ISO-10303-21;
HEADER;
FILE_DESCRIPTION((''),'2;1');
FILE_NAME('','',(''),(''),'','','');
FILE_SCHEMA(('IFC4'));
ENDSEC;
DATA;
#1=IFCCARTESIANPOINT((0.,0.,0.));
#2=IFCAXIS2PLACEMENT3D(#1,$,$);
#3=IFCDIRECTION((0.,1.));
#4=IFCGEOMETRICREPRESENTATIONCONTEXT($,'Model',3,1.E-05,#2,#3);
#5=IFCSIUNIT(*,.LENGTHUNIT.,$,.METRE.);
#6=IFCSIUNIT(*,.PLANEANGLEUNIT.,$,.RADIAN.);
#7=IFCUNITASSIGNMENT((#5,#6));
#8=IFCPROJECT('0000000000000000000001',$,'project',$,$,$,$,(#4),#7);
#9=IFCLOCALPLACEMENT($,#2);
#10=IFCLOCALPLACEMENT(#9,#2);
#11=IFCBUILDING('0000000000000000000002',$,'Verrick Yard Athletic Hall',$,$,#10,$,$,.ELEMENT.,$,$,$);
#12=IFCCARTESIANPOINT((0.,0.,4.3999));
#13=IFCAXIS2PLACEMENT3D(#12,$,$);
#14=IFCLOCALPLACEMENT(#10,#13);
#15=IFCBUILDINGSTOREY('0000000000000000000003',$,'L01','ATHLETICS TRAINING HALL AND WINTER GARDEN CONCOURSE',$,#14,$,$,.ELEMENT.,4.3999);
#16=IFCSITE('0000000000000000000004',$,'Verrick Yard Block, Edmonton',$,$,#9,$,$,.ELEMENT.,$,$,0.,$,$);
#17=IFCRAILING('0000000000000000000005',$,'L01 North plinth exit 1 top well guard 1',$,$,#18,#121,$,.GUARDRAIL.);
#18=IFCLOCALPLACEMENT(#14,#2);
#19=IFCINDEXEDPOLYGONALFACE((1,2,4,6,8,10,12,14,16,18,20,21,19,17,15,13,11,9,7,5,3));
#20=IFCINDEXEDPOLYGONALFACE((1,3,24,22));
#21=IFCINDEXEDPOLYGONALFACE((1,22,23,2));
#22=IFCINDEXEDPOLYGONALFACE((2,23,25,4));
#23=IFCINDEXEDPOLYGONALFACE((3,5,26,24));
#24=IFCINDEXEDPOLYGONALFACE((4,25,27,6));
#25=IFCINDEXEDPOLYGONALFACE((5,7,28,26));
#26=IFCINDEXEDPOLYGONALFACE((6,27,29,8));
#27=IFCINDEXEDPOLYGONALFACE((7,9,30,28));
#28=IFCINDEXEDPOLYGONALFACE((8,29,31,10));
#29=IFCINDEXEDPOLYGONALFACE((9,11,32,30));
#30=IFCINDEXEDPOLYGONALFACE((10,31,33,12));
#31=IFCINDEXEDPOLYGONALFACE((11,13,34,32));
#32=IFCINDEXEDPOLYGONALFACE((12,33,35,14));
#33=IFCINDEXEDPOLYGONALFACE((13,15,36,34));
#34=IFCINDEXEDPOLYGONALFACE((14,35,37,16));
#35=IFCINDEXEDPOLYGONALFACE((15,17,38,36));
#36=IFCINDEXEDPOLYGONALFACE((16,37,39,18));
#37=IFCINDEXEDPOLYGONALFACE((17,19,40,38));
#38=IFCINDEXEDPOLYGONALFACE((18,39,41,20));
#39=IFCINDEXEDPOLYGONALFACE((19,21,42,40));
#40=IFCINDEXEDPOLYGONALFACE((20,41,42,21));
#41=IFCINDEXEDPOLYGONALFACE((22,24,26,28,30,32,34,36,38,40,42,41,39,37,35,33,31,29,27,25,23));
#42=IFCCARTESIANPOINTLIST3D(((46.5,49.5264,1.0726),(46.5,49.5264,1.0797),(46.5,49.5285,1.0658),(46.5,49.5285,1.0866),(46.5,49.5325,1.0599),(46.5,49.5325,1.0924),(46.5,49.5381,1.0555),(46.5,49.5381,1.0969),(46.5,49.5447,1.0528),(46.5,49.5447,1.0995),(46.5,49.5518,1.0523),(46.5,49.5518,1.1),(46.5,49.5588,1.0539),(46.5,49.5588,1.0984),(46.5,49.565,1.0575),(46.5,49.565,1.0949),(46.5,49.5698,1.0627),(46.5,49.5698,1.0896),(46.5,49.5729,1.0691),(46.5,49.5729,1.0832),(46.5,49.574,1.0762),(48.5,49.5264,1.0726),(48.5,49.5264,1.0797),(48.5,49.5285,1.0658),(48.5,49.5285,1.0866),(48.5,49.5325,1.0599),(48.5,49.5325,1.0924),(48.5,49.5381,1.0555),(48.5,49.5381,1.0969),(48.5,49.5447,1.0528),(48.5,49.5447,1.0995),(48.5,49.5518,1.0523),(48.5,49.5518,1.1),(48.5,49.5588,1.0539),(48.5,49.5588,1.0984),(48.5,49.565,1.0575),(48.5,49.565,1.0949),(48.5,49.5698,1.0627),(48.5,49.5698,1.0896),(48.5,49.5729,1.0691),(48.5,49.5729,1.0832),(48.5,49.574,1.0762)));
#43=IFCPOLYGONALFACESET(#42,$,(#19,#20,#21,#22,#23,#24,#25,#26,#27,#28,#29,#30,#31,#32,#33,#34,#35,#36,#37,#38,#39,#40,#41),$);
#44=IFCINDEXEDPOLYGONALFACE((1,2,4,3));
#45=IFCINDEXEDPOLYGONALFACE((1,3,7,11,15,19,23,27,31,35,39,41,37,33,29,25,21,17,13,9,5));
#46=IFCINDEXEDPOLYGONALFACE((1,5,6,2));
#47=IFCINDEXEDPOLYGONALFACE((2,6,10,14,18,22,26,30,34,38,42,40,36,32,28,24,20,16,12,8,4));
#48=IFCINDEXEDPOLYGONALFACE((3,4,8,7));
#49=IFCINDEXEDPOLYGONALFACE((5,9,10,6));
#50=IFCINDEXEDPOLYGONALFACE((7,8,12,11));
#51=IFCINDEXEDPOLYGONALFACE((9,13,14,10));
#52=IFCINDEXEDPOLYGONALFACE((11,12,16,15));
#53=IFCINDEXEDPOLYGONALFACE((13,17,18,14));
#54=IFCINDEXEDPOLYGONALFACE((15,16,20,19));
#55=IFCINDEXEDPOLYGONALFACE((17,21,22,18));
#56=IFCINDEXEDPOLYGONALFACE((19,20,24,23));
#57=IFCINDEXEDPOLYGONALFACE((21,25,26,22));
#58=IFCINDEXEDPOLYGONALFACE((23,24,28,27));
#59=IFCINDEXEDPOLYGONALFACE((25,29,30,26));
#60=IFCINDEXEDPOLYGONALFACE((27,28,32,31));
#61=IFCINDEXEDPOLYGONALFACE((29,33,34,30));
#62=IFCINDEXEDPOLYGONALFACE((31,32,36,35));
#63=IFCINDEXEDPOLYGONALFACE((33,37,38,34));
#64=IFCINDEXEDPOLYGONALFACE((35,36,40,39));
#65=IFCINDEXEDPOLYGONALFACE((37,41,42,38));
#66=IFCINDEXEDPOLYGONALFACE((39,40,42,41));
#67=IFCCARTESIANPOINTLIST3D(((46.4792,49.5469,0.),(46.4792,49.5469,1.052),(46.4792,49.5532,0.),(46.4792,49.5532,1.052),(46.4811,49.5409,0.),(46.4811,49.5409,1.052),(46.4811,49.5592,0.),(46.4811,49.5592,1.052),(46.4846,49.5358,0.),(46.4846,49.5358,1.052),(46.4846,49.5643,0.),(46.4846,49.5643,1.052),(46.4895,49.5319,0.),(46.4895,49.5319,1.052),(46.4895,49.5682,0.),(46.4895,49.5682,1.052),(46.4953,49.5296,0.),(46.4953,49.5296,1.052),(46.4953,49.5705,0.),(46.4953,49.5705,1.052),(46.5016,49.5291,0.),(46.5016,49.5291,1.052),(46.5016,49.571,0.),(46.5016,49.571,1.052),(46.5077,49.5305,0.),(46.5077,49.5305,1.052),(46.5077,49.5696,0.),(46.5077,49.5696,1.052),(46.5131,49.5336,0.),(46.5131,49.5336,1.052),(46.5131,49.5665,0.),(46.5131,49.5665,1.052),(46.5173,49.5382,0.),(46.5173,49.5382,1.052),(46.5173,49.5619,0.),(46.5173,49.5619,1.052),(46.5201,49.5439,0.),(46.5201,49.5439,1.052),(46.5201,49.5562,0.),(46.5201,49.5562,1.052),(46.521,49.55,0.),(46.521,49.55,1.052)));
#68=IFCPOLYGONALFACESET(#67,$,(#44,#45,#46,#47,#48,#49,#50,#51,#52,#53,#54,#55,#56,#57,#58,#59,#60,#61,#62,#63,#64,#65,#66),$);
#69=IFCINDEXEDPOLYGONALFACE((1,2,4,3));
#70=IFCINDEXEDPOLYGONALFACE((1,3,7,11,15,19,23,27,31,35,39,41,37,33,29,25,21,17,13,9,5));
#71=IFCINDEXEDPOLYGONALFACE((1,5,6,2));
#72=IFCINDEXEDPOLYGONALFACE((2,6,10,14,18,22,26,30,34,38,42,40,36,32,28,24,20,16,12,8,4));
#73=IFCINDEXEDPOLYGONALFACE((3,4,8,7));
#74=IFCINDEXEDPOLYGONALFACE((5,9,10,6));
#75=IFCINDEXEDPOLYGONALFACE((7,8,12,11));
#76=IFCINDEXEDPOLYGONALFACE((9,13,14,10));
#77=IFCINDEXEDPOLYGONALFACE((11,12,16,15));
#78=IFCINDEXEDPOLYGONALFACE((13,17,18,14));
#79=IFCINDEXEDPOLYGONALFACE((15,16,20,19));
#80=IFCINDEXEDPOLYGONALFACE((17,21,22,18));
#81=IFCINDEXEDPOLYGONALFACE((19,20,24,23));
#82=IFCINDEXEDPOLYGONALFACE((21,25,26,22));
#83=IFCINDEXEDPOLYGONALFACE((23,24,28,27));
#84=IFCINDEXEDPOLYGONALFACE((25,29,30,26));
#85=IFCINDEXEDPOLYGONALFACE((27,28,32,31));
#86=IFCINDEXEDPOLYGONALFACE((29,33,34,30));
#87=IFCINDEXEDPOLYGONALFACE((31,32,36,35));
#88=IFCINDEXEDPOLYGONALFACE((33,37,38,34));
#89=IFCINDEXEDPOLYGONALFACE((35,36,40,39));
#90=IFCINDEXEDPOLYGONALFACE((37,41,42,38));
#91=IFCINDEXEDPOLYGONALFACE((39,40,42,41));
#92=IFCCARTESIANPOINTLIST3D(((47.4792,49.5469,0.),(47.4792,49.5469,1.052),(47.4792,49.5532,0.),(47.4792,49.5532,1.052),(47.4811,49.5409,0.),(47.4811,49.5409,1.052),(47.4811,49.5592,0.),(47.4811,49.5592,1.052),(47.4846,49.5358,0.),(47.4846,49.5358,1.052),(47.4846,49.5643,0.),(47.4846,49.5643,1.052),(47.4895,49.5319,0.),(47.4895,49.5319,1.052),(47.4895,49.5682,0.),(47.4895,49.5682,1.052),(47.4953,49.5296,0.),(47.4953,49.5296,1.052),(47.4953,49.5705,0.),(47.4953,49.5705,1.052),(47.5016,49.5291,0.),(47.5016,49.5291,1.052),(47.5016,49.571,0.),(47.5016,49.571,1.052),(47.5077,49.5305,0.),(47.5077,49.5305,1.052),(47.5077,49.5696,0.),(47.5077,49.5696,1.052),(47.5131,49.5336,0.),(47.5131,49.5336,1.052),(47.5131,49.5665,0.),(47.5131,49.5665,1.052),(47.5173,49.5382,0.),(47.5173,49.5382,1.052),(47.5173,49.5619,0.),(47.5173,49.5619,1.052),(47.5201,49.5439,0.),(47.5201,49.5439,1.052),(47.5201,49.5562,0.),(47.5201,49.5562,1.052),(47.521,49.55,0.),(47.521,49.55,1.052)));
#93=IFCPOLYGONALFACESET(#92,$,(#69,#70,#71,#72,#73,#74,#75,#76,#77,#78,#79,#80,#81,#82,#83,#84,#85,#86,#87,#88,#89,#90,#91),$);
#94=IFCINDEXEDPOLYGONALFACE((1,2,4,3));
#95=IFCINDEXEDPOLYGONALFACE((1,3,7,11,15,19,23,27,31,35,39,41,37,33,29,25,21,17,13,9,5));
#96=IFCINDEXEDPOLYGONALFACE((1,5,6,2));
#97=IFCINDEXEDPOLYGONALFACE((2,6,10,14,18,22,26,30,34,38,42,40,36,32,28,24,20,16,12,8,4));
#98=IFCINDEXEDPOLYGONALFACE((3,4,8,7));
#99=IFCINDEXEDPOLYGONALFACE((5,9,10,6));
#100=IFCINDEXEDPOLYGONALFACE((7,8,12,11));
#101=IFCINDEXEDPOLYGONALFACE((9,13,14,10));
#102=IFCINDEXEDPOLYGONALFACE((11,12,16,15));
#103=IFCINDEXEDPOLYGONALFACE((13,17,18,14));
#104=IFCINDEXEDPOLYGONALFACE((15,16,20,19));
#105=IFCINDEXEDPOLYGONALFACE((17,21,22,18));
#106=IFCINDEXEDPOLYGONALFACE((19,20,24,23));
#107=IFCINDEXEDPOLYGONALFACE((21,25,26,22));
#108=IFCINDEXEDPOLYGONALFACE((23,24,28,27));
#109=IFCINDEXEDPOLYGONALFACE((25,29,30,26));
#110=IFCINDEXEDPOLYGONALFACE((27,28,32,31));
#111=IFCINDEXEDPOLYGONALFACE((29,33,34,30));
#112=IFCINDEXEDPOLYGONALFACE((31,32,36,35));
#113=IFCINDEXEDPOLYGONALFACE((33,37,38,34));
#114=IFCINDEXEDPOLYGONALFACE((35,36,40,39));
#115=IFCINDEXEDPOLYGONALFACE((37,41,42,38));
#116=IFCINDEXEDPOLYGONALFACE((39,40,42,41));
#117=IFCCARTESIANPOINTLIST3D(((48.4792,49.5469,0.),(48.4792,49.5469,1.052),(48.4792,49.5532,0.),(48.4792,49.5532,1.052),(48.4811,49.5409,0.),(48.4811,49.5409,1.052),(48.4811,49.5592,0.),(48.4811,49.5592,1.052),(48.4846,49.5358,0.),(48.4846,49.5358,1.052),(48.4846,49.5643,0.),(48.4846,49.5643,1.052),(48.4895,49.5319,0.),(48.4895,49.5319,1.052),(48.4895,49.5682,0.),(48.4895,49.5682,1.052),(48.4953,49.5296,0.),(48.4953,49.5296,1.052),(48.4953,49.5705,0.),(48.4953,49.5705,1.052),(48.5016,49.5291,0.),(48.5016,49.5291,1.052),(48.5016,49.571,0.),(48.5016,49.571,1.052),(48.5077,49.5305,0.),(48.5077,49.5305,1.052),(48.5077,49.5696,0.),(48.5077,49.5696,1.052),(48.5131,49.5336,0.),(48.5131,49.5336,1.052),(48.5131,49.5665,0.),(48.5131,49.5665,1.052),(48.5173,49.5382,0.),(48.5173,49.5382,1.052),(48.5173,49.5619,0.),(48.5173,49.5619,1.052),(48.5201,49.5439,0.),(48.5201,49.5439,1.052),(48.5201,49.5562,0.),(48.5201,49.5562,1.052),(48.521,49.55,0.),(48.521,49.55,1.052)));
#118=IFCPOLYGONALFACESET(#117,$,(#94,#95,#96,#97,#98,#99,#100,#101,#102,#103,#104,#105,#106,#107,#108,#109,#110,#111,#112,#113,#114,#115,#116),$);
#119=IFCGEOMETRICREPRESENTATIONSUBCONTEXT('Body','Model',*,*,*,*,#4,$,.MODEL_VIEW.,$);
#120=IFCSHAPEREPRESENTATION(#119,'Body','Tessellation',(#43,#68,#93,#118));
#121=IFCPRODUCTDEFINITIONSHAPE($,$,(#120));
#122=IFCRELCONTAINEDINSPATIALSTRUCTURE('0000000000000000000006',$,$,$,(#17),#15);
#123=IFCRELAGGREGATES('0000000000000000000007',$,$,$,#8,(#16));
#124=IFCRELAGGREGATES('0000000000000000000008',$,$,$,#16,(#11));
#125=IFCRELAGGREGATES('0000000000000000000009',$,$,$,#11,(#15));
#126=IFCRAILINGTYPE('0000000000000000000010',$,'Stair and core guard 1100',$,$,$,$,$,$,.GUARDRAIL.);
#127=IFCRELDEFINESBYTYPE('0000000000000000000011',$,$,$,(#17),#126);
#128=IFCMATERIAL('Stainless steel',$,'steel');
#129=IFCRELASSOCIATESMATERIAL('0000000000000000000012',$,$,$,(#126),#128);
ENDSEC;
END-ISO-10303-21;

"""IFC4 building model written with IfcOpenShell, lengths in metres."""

from ifc_helpers import new_model, si_unit, direction, frame, origin, origin_2d, place, context, subcontext, project, spatial, circle, extrude, material, type_object, element, save


model = new_model("IFC4")

# Units and contexts
model_context = context("Model", 3, precision=1e-05, world=origin(), true_north=direction((0.0, 1.0)))
body_context = subcontext(model_context, "Body", "Model", "MODEL_VIEW")
ifc_project = project(units=[si_unit("LENGTHUNIT", "METRE"), si_unit("PLANEANGLEUNIT", "RADIAN")], contexts=[model_context])

# Site, building, storey
site_placement = place(None, origin())
site = spatial("IfcSite", under=ifc_project, at=site_placement, Name="Verrick Yard Block, Edmonton", CompositionType="ELEMENT", RefElevation=0.0)
building_placement = place(site_placement, origin())
building = spatial("IfcBuilding", under=site, at=building_placement, Name="Verrick Yard Athletic Hall", CompositionType="ELEMENT")
storey_placement = place(building_placement, frame((0.0, 0.0, 4.3999)))
storey = spatial("IfcBuildingStorey", under=building, at=storey_placement, Name="L01", Description="ATHLETICS TRAINING HALL AND WINTER GARDEN CONCOURSE", CompositionType="ELEMENT", Elevation=4.3999)

# Railing
ifc_material_1 = material(Name="Stainless steel", Category="steel")
railing_type = type_object("IfcRailingType", Name="Stair and core guard 1100", PredefinedType="GUARDRAIL", material=ifc_material_1)
railing_placement = place(storey_placement, frame((46.5, 49.55, 0.0)))
element("IfcRailing", 1, at=railing_placement, inside=storey, type_object=railing_type, Name="L01 North plinth exit 1 top well guard 1", PredefinedType="GUARDRAIL", context=body_context, shape_type="SweptSolid", body=[
    extrude(circle(Radius=0.0239, at=origin_2d()), frame((0.0, 0.0, 1.0762), z_axis=(1.0, 0.0, 0.0), x_axis=(0.0, 1.0, 0.0)), (0.0, 0.0, 1.0), 2.0),
    extrude(circle(Radius=0.021, at=origin_2d()), origin(), (0.0, 0.0, 1.0), 1.052),
    extrude(circle(Radius=0.021, at=origin_2d()), frame((1.0, 0.0, 0.0)), (0.0, 0.0, 1.0), 1.052),
    extrude(circle(Radius=0.021, at=origin_2d()), frame((2.0, 0.0, 0.0)), (0.0, 0.0, 1.0), 1.052),
])

save(model, "model.ifc")
